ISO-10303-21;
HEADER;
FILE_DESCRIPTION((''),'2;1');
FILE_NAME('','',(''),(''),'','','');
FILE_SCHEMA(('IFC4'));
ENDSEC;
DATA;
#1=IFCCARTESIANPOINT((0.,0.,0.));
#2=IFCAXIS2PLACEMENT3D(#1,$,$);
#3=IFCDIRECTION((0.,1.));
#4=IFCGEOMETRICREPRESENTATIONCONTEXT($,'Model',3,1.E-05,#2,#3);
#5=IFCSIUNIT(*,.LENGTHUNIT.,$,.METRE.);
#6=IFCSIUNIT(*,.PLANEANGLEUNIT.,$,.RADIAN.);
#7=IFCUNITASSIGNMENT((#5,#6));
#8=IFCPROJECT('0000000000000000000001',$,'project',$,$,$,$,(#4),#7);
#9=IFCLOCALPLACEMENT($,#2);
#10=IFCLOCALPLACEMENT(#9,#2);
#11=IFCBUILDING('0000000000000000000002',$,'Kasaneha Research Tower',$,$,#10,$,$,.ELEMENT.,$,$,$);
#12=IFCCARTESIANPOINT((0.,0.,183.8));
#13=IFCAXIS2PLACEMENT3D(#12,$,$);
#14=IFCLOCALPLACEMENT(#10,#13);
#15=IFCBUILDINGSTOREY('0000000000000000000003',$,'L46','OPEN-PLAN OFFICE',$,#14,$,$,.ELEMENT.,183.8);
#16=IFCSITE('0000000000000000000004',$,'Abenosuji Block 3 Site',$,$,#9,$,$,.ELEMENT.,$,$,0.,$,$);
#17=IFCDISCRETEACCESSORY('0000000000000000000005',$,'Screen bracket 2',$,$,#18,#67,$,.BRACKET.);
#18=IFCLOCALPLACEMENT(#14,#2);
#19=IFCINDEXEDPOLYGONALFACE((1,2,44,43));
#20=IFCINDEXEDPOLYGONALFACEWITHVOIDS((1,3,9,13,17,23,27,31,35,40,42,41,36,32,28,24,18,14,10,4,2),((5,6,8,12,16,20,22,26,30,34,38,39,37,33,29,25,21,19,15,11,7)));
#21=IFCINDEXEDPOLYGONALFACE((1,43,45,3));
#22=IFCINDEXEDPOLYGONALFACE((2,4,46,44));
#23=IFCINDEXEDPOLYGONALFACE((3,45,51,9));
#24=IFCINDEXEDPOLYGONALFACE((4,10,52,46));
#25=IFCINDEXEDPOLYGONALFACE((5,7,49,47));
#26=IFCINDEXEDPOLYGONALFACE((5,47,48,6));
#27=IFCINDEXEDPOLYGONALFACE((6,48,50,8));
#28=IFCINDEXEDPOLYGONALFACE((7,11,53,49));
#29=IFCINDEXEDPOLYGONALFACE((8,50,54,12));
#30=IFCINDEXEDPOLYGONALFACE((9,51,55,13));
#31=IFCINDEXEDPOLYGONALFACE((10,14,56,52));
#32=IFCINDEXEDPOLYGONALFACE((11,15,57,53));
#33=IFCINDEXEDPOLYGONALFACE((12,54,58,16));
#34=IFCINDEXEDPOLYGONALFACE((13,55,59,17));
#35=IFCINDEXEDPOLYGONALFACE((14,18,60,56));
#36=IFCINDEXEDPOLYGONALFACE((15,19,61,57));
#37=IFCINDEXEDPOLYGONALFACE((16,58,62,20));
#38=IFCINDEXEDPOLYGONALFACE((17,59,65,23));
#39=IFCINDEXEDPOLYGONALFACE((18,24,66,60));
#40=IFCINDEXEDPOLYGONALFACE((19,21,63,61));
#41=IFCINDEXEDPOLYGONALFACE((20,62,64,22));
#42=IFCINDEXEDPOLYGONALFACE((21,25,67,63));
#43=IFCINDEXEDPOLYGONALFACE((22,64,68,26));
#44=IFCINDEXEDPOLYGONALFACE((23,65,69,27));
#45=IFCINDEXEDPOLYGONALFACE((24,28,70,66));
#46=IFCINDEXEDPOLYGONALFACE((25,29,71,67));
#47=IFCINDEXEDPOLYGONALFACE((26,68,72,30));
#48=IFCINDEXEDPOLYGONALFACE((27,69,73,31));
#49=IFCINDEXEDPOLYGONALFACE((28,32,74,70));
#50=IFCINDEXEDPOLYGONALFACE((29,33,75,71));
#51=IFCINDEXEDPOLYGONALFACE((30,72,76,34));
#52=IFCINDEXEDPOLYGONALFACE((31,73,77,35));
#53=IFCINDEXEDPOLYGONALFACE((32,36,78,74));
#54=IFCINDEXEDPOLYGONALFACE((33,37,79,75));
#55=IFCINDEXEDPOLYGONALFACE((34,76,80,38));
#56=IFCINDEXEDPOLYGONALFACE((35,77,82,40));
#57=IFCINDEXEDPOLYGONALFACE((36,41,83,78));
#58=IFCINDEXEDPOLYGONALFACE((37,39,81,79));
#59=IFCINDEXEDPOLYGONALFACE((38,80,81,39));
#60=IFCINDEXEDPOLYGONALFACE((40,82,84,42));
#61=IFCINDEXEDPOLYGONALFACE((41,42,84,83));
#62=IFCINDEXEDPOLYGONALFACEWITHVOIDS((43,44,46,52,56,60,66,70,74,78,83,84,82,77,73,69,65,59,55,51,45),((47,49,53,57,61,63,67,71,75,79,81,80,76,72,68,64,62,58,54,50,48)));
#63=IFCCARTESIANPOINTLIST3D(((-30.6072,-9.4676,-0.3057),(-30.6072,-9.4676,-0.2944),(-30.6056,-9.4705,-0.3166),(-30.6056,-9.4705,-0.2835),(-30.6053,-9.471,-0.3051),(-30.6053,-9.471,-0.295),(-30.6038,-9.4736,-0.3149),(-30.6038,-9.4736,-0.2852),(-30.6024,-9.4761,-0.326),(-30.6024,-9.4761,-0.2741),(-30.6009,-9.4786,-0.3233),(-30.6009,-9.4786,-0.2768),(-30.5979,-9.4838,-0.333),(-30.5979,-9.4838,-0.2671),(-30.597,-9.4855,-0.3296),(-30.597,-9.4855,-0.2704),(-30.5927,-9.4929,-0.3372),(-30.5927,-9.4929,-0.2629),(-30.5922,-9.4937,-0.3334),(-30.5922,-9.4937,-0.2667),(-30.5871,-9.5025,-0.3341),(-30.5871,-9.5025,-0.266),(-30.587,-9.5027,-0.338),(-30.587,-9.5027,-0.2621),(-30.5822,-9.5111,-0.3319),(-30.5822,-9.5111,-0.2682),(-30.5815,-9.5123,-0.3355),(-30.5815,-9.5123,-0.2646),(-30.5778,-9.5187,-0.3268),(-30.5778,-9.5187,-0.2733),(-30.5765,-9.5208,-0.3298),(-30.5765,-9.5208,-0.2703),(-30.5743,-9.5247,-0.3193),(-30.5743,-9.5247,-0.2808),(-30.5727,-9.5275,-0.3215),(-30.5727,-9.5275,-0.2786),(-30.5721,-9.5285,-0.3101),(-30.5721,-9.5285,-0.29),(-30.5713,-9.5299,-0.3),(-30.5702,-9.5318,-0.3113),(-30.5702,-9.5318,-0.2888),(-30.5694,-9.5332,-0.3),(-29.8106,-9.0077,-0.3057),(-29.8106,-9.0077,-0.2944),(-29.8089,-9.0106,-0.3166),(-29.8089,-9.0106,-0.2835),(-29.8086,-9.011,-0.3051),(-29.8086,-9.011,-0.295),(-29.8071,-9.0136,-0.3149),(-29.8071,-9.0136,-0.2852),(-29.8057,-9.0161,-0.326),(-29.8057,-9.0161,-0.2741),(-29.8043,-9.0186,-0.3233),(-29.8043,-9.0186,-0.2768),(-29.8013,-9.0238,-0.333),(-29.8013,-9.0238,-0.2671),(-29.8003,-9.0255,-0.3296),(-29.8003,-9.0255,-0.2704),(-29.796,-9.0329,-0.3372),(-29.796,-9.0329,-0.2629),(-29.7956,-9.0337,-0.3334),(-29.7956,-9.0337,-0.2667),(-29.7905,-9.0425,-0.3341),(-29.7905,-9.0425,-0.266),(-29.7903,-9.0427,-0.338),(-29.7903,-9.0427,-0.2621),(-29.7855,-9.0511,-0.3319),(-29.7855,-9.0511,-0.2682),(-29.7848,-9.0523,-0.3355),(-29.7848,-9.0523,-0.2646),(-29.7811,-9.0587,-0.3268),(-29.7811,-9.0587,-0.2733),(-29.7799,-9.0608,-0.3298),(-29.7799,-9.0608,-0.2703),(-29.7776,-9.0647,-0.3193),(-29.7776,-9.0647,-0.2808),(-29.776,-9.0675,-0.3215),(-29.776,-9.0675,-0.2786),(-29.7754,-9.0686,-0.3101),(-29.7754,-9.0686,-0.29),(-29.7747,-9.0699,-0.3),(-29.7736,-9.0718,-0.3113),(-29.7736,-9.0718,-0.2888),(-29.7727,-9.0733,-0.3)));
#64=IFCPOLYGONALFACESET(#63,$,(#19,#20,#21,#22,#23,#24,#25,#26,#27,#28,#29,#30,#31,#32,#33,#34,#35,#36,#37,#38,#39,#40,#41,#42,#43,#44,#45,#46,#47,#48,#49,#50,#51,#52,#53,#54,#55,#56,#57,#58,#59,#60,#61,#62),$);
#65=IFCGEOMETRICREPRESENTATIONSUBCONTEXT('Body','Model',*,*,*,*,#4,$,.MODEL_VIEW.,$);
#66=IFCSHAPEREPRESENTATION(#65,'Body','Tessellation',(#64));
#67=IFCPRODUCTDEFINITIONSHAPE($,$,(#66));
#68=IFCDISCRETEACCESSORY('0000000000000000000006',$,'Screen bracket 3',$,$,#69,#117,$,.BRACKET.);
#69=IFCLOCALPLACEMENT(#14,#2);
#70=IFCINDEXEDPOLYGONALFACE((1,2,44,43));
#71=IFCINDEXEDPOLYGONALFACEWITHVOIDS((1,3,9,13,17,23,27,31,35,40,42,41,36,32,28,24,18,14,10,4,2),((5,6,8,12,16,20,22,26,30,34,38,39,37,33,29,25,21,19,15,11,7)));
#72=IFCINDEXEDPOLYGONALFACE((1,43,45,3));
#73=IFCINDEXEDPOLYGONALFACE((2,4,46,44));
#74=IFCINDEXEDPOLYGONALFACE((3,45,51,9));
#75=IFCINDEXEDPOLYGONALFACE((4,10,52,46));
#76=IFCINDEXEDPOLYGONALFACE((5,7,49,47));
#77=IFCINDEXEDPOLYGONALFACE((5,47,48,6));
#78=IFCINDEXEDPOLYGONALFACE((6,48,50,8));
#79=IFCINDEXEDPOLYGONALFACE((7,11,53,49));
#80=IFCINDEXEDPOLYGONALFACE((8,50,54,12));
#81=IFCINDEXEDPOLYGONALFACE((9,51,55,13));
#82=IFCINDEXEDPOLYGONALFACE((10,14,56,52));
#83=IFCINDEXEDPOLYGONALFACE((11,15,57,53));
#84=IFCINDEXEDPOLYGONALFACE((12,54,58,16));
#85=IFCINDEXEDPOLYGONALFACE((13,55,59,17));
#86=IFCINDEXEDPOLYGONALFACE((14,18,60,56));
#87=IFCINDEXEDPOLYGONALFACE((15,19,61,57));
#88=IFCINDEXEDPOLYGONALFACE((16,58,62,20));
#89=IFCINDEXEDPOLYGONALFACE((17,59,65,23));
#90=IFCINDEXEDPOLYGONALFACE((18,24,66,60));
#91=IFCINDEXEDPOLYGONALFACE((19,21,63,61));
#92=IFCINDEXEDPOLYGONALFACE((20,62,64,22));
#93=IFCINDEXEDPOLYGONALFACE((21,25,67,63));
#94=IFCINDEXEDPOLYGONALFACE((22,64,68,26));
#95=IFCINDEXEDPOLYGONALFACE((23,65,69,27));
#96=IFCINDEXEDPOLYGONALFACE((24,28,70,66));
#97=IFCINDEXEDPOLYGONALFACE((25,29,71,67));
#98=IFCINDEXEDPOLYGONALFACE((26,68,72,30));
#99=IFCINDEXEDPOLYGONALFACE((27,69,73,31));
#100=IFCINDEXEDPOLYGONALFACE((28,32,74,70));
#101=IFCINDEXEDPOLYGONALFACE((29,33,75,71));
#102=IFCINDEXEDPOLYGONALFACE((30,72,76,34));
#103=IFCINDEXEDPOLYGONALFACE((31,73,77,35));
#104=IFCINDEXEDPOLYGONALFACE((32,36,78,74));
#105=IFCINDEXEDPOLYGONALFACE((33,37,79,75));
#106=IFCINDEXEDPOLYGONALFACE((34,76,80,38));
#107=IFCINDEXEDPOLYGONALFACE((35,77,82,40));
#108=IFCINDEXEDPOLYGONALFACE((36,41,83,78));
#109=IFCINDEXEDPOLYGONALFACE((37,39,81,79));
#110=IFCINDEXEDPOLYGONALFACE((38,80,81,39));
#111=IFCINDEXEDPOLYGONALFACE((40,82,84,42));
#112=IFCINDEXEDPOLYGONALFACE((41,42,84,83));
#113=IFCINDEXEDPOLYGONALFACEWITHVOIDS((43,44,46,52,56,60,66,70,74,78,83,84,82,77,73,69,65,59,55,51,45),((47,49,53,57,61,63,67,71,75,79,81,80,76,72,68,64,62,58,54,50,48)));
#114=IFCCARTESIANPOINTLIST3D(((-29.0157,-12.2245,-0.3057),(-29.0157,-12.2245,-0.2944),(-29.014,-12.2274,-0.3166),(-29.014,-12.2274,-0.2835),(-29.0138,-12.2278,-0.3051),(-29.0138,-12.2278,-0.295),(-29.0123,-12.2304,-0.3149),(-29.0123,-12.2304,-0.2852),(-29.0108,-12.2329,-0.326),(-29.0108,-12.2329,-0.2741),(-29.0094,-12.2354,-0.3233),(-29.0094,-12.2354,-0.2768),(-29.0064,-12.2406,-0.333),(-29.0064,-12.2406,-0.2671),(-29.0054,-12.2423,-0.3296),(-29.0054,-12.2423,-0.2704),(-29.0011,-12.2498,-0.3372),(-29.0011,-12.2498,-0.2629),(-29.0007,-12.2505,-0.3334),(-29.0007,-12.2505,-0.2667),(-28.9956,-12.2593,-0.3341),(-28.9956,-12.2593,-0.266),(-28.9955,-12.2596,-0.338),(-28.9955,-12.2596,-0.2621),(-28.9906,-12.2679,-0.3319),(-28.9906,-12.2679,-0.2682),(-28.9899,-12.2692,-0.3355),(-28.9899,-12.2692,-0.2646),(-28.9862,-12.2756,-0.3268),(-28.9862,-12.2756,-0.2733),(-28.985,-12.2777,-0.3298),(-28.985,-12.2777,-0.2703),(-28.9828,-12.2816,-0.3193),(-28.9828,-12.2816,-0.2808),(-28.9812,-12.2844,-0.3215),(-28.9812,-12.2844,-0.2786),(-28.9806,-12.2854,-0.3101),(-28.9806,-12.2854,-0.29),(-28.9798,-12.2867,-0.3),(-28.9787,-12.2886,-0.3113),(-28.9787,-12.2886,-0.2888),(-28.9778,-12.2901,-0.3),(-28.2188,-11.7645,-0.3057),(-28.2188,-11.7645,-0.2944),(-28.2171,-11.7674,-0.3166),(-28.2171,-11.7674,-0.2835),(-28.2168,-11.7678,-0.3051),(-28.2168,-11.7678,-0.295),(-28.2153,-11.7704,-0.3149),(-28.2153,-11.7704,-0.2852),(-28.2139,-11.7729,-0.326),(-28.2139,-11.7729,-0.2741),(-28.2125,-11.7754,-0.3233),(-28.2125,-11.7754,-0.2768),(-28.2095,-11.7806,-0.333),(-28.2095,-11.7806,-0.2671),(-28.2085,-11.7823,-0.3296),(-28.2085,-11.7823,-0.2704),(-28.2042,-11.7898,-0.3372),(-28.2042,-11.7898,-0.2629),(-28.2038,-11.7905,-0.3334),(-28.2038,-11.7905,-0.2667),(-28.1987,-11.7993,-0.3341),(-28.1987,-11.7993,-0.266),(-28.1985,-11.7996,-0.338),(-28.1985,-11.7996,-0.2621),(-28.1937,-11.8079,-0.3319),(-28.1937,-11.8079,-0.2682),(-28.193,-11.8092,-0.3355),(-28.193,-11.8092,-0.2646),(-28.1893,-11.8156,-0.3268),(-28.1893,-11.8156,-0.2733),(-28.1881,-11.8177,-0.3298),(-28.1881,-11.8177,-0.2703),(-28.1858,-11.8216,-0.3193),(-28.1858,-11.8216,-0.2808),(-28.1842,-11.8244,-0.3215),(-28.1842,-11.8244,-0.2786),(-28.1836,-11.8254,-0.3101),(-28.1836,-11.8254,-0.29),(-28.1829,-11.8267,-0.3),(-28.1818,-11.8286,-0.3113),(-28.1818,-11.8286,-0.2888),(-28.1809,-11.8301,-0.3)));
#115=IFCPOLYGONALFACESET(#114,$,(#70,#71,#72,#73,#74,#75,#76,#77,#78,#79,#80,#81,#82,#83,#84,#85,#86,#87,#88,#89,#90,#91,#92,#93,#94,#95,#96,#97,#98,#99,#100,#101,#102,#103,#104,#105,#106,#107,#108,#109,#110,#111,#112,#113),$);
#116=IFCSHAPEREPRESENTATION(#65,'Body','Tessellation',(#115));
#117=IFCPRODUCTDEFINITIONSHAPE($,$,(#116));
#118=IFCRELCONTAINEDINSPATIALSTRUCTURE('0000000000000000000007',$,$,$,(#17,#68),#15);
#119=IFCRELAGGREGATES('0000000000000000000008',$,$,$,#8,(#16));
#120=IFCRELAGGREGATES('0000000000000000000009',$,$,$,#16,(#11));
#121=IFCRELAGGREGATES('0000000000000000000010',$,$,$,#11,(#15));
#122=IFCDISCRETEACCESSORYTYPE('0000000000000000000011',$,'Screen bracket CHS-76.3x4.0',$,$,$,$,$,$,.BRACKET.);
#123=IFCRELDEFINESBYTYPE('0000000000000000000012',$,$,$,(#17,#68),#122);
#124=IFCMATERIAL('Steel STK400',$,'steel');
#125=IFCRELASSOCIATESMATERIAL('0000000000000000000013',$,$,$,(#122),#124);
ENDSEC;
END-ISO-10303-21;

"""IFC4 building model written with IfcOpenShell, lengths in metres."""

from ifc_helpers import new_model, si_unit, direction, frame, origin, origin_2d, place, context, subcontext, project, spatial, hollow_circle, extrude, material, material_profile, profile_set, type_object, element, save


model = new_model("IFC4")

# Units and contexts
model_context = context("Model", 3, precision=1e-05, world=origin(), true_north=direction((0.0, 1.0)))
body_context = subcontext(model_context, "Body", "Model", "MODEL_VIEW")
ifc_project = project(units=[si_unit("LENGTHUNIT", "METRE"), si_unit("PLANEANGLEUNIT", "RADIAN")], contexts=[model_context])

# Site, building, storey
site_placement = place(None, origin())
site = spatial("IfcSite", under=ifc_project, at=site_placement, Name="Abenosuji Block 3 Site", CompositionType="ELEMENT", RefElevation=0.0)
building_placement = place(site_placement, origin())
building = spatial("IfcBuilding", under=site, at=building_placement, Name="Kasaneha Research Tower", CompositionType="ELEMENT")
storey_placement = place(building_placement, frame((0.0, 0.0, 183.8)))
storey = spatial("IfcBuildingStorey", under=building, at=storey_placement, Name="L46", Description="OPEN-PLAN OFFICE", CompositionType="ELEMENT", Elevation=183.8)

# Discrete accessories
ifc_material_1 = material(Name="Steel STK400", Category="steel")
ifc_material_profile_1 = material_profile(ifc_material_1, hollow_circle(Radius=0.0381, WallThickness=0.0039, at=origin_2d()), Name="CHS-76.3x4.0")
ifc_profile_set_1 = profile_set([ifc_material_profile_1], Name="Steel STK400")
discrete_accessory_type = type_object("IfcDiscreteAccessoryType", Name="Screen bracket CHS-76.3x4.0", PredefinedType="BRACKET", material=ifc_profile_set_1)
discrete_accessory_1_placement = place(storey_placement, frame((-29.7917, -9.0403, -0.3), z_axis=(-0.866013, -0.500021, 0.0), x_axis=(0.500021, -0.866013, 0.0)))
element("IfcDiscreteAccessory", 1, at=discrete_accessory_1_placement, inside=storey, type_object=discrete_accessory_type, Name="Screen bracket 2", PredefinedType="BRACKET", context=body_context, shape_type="SweptSolid", body=[
    extrude(hollow_circle(Radius=0.0381, WallThickness=0.0039, at=origin_2d()), origin(), (0.0, 0.0, 1.0), 0.9199),
])
discrete_accessory_2_placement = place(storey_placement, frame((-28.2, -11.7971, -0.3), z_axis=(-0.86608, -0.499906, 0.0), x_axis=(0.499906, -0.86608, 0.0)))
element("IfcDiscreteAccessory", 2, at=discrete_accessory_2_placement, inside=storey, type_object=discrete_accessory_type, Name="Screen bracket 3", PredefinedType="BRACKET", context=body_context, shape_type="SweptSolid", body=[
    extrude(hollow_circle(Radius=0.0381, WallThickness=0.0039, at=origin_2d()), origin(), (0.0, 0.0, 1.0), 0.9202),
])

save(model, "model.ifc")
